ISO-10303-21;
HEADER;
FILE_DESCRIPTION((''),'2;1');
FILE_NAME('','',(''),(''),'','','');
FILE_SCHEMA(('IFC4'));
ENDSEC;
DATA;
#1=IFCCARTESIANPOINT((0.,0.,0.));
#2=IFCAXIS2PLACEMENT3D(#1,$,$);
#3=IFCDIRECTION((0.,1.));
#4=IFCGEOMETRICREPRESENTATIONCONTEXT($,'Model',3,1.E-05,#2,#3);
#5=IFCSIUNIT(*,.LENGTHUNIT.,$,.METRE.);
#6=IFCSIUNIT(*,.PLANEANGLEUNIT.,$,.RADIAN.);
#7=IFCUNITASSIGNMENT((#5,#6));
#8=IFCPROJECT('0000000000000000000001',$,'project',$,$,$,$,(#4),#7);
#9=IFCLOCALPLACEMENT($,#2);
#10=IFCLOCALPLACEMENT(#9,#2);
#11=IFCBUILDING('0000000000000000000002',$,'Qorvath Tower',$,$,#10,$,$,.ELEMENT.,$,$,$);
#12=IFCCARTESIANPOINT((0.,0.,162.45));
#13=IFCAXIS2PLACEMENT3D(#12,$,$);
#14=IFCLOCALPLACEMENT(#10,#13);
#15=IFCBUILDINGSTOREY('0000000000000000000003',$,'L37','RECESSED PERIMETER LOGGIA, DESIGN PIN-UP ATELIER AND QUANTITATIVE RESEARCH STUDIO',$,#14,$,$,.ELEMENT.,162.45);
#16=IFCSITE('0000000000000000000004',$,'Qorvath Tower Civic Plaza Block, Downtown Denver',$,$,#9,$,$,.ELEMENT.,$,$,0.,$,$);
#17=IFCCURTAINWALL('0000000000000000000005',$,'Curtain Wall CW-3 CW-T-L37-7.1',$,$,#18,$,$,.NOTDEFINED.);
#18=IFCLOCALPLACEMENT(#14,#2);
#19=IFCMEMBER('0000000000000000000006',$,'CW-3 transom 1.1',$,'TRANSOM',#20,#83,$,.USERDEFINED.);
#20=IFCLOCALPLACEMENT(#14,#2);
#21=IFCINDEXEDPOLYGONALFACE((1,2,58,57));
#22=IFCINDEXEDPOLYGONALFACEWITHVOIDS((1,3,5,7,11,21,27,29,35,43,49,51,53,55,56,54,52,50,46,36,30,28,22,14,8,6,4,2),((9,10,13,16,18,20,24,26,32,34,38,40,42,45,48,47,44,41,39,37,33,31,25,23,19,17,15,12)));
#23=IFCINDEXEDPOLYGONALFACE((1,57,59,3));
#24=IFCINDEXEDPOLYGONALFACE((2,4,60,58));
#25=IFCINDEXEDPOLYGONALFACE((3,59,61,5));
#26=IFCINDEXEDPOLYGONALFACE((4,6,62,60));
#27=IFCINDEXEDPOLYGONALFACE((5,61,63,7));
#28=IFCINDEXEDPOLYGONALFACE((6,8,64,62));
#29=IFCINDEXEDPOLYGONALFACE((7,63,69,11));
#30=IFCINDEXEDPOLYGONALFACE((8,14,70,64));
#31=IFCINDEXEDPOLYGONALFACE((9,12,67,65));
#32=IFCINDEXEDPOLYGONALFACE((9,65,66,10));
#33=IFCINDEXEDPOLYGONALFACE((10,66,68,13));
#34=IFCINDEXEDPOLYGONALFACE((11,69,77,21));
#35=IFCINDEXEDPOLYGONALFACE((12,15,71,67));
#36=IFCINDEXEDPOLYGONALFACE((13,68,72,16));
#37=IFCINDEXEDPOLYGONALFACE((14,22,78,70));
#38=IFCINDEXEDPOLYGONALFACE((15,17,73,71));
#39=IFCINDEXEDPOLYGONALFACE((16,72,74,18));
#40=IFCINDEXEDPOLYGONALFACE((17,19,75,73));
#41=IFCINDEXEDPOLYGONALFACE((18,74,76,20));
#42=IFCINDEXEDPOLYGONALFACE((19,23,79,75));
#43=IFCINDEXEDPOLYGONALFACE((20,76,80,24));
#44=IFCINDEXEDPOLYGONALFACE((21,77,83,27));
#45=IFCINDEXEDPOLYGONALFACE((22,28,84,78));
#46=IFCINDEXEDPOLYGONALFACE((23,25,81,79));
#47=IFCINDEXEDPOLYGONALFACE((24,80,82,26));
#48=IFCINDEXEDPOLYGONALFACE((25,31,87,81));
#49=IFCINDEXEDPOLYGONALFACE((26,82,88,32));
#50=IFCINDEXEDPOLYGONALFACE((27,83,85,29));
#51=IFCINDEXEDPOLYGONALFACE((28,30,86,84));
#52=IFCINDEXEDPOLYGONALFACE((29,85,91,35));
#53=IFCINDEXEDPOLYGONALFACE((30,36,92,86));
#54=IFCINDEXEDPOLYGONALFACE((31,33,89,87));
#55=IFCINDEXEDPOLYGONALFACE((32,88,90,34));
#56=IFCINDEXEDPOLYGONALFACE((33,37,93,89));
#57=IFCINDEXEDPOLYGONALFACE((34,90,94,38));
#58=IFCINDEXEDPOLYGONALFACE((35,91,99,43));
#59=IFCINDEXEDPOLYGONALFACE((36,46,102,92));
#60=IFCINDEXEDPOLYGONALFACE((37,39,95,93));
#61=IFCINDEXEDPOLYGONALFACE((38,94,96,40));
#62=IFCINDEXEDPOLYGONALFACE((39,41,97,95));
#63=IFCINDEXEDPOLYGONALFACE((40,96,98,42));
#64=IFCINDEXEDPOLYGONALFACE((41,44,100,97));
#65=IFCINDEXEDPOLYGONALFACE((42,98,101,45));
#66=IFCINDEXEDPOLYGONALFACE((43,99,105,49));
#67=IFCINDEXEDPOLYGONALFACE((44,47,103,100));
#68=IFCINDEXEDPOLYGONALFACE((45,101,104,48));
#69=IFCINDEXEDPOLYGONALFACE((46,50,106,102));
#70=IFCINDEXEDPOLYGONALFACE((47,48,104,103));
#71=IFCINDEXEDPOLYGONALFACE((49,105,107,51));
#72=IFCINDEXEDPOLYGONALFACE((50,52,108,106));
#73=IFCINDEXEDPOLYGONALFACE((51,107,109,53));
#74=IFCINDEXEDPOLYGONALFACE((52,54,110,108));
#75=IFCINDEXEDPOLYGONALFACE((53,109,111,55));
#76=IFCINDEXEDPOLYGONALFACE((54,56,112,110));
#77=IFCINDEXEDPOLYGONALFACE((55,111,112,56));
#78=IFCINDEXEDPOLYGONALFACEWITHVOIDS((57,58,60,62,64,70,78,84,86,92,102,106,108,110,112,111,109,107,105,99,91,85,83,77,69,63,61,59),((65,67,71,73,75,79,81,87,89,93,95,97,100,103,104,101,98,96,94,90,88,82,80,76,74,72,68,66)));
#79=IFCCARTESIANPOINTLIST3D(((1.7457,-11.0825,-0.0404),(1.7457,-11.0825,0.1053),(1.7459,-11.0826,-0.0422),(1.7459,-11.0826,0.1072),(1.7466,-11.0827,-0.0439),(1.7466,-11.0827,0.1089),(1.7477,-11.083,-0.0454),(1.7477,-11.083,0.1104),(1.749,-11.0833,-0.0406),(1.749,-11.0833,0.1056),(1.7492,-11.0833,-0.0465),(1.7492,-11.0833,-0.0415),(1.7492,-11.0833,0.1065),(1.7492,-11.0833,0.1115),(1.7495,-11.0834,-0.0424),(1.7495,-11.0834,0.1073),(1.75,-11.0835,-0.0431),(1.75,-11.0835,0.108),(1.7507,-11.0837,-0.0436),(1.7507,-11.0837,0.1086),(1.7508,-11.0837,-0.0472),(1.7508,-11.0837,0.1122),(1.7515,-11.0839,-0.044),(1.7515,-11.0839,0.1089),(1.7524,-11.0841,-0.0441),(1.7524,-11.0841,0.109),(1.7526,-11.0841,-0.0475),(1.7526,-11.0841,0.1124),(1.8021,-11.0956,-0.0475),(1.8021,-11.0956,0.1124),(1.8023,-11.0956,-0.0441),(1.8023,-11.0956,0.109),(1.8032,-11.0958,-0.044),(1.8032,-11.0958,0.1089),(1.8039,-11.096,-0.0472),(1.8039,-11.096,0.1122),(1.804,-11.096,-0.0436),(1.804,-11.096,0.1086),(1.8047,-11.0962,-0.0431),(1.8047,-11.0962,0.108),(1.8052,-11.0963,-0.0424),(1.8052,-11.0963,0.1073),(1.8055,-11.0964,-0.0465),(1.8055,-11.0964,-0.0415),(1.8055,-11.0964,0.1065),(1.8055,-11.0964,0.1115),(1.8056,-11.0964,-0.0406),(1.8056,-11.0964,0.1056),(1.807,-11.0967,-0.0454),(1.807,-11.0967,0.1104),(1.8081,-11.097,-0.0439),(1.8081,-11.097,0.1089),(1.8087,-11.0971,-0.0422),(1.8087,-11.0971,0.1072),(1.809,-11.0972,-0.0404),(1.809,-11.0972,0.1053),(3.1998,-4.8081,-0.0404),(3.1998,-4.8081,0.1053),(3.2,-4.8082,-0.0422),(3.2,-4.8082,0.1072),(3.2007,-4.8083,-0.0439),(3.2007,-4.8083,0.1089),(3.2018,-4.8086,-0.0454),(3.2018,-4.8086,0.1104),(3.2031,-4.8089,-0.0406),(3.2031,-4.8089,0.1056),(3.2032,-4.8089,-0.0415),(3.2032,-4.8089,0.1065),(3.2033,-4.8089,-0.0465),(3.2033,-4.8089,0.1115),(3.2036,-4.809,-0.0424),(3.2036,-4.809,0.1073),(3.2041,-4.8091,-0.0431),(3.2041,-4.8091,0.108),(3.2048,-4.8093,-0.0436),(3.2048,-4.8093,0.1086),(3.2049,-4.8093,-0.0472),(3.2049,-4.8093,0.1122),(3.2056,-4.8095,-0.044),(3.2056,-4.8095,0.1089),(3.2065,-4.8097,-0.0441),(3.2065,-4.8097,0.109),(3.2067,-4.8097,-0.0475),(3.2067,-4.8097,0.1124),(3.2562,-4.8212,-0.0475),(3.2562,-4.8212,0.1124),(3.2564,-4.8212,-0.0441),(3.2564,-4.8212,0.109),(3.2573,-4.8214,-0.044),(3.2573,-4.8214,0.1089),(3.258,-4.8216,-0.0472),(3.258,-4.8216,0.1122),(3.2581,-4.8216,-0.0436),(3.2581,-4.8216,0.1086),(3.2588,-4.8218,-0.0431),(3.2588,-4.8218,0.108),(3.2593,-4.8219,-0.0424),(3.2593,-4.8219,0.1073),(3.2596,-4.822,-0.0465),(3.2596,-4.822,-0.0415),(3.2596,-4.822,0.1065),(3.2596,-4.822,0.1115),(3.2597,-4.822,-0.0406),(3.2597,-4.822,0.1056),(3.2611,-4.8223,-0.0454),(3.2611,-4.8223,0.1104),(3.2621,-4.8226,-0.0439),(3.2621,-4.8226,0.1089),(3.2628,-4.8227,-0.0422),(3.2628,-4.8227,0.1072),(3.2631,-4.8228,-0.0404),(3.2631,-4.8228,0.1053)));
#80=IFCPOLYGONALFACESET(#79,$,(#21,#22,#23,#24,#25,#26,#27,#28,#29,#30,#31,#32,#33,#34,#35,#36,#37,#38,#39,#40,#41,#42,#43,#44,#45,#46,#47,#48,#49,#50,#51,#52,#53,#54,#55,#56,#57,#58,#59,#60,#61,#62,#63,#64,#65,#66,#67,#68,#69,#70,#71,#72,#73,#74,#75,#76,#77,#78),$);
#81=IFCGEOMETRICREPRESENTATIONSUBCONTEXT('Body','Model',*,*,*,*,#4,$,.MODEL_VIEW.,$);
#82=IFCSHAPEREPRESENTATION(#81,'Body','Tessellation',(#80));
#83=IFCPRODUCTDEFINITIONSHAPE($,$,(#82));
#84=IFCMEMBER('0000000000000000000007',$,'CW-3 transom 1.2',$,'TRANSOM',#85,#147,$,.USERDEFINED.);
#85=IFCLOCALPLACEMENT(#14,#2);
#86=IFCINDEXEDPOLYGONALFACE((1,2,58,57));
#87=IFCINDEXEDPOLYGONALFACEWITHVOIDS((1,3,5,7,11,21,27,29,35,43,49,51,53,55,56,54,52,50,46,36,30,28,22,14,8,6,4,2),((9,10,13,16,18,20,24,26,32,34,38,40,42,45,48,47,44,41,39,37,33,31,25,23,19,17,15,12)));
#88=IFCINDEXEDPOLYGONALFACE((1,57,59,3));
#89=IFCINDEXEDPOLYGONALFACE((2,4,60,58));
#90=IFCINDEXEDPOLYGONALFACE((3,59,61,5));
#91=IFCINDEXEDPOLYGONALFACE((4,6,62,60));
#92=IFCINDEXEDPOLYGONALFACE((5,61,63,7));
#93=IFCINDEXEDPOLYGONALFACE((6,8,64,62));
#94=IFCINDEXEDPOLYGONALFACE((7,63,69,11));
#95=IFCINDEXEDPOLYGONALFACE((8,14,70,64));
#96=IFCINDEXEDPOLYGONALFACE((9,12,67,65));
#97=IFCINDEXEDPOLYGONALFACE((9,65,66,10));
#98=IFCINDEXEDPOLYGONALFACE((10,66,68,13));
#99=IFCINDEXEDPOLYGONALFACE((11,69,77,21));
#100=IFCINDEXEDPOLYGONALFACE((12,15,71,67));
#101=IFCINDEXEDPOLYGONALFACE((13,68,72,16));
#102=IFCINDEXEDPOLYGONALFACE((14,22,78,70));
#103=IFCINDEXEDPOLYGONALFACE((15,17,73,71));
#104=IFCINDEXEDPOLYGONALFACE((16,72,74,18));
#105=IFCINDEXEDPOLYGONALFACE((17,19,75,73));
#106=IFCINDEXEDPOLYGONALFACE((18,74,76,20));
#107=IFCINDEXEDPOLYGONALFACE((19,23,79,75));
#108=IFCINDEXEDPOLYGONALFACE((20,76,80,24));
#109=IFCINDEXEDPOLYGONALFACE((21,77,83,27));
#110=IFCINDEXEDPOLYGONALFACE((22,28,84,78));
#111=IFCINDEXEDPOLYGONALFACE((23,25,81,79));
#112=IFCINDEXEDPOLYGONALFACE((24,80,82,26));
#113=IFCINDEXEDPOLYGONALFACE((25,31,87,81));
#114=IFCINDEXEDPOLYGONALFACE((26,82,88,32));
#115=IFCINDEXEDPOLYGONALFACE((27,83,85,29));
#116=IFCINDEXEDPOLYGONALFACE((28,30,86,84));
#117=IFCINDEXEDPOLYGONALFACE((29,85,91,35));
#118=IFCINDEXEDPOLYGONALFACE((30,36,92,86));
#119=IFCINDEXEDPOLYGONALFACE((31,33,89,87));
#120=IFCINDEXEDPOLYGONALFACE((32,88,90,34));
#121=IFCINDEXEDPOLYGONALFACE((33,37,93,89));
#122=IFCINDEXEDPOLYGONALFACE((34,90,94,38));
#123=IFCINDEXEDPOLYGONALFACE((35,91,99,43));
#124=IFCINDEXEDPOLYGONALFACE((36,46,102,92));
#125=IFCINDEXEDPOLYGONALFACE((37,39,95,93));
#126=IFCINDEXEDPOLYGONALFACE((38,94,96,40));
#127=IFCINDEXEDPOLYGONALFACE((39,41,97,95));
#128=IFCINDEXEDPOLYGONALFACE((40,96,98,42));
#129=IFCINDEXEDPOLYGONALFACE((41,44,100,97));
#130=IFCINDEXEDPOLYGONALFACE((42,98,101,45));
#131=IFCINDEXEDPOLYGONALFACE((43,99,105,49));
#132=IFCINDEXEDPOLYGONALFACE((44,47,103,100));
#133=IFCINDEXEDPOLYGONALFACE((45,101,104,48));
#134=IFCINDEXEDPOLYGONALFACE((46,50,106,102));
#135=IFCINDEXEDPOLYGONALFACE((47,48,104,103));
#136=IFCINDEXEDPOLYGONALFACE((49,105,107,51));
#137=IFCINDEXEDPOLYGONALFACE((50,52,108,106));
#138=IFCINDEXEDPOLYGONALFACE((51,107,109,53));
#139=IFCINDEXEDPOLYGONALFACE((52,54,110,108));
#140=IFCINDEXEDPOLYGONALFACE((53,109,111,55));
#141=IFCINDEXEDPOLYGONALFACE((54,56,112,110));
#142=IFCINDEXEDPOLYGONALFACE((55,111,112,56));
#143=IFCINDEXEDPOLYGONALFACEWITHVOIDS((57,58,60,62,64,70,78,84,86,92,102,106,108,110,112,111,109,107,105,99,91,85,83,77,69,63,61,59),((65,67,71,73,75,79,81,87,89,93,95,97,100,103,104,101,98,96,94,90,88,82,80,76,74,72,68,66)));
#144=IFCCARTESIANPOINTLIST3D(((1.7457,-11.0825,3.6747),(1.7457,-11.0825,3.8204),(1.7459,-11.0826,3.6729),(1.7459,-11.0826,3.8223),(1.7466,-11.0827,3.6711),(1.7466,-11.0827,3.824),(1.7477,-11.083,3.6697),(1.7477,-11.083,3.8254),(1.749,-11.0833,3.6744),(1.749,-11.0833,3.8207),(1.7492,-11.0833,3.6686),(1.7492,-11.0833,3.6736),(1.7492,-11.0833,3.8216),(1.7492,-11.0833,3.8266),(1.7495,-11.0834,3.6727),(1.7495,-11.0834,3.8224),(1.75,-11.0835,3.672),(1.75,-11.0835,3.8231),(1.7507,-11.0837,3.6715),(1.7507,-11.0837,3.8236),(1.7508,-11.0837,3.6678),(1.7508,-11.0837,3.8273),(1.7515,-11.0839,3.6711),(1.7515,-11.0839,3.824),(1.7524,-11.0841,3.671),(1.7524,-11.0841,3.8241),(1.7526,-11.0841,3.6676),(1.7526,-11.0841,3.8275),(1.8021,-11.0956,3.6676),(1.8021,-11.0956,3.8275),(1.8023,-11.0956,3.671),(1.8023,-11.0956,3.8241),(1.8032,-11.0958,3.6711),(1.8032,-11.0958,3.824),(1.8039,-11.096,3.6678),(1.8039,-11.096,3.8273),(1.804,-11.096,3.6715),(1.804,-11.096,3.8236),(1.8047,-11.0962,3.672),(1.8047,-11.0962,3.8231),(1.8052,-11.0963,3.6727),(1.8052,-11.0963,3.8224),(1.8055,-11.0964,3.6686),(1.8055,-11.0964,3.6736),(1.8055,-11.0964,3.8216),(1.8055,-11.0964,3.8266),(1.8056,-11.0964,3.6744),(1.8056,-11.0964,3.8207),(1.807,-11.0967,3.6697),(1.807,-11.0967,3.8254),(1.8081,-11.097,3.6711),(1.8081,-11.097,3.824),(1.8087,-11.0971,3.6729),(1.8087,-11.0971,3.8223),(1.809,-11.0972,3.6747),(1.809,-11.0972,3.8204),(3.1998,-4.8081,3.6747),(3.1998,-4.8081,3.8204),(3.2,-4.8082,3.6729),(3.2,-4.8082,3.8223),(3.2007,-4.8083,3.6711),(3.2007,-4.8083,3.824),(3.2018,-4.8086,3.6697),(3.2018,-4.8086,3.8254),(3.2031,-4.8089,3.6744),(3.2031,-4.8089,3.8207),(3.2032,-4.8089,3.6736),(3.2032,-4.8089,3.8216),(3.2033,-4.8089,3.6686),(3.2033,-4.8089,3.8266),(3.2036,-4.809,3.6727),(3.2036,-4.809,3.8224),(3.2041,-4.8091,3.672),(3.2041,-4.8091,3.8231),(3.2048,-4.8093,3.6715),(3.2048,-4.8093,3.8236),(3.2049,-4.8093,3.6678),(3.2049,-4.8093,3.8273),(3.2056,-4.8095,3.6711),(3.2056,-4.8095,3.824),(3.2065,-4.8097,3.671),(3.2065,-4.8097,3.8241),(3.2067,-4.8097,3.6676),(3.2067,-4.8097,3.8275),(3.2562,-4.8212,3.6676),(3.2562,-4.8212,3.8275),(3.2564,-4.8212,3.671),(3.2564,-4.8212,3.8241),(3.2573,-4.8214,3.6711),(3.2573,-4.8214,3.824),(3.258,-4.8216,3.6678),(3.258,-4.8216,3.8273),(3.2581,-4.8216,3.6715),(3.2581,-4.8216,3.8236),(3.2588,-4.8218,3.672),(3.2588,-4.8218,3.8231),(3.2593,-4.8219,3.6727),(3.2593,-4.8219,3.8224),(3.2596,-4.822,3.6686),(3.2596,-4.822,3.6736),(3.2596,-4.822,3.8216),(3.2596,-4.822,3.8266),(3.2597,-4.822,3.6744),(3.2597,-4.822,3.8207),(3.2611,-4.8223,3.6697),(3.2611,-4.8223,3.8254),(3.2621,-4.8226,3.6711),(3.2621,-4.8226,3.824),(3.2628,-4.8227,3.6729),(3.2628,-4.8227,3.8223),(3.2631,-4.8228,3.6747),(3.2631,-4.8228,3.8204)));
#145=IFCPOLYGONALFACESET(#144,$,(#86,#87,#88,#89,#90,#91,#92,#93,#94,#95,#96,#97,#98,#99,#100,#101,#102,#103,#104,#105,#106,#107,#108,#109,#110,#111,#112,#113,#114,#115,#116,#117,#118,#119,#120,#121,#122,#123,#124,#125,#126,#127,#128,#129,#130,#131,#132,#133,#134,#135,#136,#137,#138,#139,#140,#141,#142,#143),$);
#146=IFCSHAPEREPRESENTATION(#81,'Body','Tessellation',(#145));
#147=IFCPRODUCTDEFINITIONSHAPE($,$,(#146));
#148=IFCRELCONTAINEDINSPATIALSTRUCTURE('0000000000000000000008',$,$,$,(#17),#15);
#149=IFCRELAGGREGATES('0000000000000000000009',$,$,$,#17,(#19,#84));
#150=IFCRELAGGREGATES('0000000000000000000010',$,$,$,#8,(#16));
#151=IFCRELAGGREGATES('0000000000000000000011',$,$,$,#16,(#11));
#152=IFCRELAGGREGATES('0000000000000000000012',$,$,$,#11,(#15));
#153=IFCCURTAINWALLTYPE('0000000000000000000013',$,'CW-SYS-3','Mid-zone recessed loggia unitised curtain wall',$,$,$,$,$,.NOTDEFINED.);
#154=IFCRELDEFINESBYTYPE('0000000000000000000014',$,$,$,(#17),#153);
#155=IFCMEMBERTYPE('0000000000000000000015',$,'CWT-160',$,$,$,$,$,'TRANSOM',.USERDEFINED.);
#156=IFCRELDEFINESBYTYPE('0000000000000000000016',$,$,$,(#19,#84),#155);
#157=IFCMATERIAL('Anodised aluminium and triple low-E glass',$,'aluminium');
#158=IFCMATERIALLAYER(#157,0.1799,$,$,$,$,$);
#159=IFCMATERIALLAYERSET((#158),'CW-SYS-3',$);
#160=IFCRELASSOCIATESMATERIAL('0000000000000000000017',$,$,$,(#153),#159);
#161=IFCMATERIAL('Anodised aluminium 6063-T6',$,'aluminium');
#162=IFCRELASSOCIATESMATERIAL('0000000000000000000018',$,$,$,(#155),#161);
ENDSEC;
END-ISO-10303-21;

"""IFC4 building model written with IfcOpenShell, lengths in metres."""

from ifc_helpers import new_model, si_unit, direction, frame, origin, origin_2d, place, context, subcontext, project, spatial, hollow_rectangle, extrude, material, layer, layer_set, material_profile, profile_set, type_object, element, aggregate, save


model = new_model("IFC4")

# Units and contexts
model_context = context("Model", 3, precision=1e-05, world=origin(), true_north=direction((0.0, 1.0)))
body_context = subcontext(model_context, "Body", "Model", "MODEL_VIEW")
ifc_project = project(units=[si_unit("LENGTHUNIT", "METRE"), si_unit("PLANEANGLEUNIT", "RADIAN")], contexts=[model_context])

# Site, building, storey
site_placement = place(None, origin())
site = spatial("IfcSite", under=ifc_project, at=site_placement, Name="Qorvath Tower Civic Plaza Block, Downtown Denver", CompositionType="ELEMENT", RefElevation=0.0)
building_placement = place(site_placement, origin())
building = spatial("IfcBuilding", under=site, at=building_placement, Name="Qorvath Tower", CompositionType="ELEMENT")
storey_placement = place(building_placement, frame((0.0, 0.0, 162.45)))
storey = spatial("IfcBuildingStorey", under=building, at=storey_placement, Name="L37", Description="RECESSED PERIMETER LOGGIA, DESIGN PIN-UP ATELIER AND QUANTITATIVE RESEARCH STUDIO", CompositionType="ELEMENT", Elevation=162.45)

# Shared definitions
ifc_material_1 = material(Name="Anodised aluminium and triple low-E glass", Category="aluminium")
ifc_layer_1 = layer(ifc_material_1, 0.1799)
ifc_layer_set_1 = layer_set([ifc_layer_1], Name="CW-SYS-3")
curtain_wall_type = type_object("IfcCurtainWallType", Name="CW-SYS-3", Description="Mid-zone recessed loggia unitised curtain wall", PredefinedType="NOTDEFINED", material=ifc_layer_set_1)

# Curtain wall
curtain_wall_1_placement = place(storey_placement, origin())
curtain_wall_1 = element("IfcCurtainWall", 1, at=curtain_wall_1_placement, inside=storey, type_object=curtain_wall_type, Name="Curtain Wall CW-3 CW-T-L37-7.1", PredefinedType="NOTDEFINED")

# Members
ifc_material_2 = material(Name="Anodised aluminium 6063-T6", Category="aluminium")
ifc_material_profile_1 = material_profile(ifc_material_2, hollow_rectangle(XDim=0.0649, YDim=0.1599, WallThickness=0.0034, InnerFilletRadius=0.0034, OuterFilletRadius=0.0071, at=origin_2d()), Name="CWT 160x65")
ifc_profile_set_1 = profile_set([ifc_material_profile_1], Name="Anodised aluminium 6063-T6")
member_type_1 = type_object("IfcMemberType", Name="CWT-160", ElementType="TRANSOM", PredefinedType="USERDEFINED", material=ifc_profile_set_1)
member_1_placement = place(storey_placement, frame((1.7773, -11.0898, 0.0325), z_axis=(0.225767, 0.974181, 0.0), x_axis=(-0.974181, 0.225767, 0.0)))
member_1 = element("IfcMember", 2, at=member_1_placement, type_object=member_type_1, Name="CW-3 transom 1.1", ObjectType="TRANSOM", PredefinedType="USERDEFINED", context=body_context, shape_type="SweptSolid", body=[
    extrude(hollow_rectangle(XDim=0.0649, YDim=0.1599, WallThickness=0.0034, InnerFilletRadius=0.0034, OuterFilletRadius=0.0071, at=origin_2d()), origin(), (0.0, 0.0, 1.0), 6.4407),
])
member_2_placement = place(storey_placement, frame((1.7773, -11.0898, 3.7476), z_axis=(0.225767, 0.974181, 0.0), x_axis=(-0.974181, 0.225767, 0.0)))
member_2 = element("IfcMember", 3, at=member_2_placement, type_object=member_type_1, Name="CW-3 transom 1.2", ObjectType="TRANSOM", PredefinedType="USERDEFINED", context=body_context, shape_type="SweptSolid", body=[
    extrude(hollow_rectangle(XDim=0.0649, YDim=0.1599, WallThickness=0.0034, InnerFilletRadius=0.0034, OuterFilletRadius=0.0071, at=origin_2d()), origin(), (0.0, 0.0, 1.0), 6.4407),
])

aggregate(curtain_wall_1, [member_1, member_2])

save(model, "model.ifc")
